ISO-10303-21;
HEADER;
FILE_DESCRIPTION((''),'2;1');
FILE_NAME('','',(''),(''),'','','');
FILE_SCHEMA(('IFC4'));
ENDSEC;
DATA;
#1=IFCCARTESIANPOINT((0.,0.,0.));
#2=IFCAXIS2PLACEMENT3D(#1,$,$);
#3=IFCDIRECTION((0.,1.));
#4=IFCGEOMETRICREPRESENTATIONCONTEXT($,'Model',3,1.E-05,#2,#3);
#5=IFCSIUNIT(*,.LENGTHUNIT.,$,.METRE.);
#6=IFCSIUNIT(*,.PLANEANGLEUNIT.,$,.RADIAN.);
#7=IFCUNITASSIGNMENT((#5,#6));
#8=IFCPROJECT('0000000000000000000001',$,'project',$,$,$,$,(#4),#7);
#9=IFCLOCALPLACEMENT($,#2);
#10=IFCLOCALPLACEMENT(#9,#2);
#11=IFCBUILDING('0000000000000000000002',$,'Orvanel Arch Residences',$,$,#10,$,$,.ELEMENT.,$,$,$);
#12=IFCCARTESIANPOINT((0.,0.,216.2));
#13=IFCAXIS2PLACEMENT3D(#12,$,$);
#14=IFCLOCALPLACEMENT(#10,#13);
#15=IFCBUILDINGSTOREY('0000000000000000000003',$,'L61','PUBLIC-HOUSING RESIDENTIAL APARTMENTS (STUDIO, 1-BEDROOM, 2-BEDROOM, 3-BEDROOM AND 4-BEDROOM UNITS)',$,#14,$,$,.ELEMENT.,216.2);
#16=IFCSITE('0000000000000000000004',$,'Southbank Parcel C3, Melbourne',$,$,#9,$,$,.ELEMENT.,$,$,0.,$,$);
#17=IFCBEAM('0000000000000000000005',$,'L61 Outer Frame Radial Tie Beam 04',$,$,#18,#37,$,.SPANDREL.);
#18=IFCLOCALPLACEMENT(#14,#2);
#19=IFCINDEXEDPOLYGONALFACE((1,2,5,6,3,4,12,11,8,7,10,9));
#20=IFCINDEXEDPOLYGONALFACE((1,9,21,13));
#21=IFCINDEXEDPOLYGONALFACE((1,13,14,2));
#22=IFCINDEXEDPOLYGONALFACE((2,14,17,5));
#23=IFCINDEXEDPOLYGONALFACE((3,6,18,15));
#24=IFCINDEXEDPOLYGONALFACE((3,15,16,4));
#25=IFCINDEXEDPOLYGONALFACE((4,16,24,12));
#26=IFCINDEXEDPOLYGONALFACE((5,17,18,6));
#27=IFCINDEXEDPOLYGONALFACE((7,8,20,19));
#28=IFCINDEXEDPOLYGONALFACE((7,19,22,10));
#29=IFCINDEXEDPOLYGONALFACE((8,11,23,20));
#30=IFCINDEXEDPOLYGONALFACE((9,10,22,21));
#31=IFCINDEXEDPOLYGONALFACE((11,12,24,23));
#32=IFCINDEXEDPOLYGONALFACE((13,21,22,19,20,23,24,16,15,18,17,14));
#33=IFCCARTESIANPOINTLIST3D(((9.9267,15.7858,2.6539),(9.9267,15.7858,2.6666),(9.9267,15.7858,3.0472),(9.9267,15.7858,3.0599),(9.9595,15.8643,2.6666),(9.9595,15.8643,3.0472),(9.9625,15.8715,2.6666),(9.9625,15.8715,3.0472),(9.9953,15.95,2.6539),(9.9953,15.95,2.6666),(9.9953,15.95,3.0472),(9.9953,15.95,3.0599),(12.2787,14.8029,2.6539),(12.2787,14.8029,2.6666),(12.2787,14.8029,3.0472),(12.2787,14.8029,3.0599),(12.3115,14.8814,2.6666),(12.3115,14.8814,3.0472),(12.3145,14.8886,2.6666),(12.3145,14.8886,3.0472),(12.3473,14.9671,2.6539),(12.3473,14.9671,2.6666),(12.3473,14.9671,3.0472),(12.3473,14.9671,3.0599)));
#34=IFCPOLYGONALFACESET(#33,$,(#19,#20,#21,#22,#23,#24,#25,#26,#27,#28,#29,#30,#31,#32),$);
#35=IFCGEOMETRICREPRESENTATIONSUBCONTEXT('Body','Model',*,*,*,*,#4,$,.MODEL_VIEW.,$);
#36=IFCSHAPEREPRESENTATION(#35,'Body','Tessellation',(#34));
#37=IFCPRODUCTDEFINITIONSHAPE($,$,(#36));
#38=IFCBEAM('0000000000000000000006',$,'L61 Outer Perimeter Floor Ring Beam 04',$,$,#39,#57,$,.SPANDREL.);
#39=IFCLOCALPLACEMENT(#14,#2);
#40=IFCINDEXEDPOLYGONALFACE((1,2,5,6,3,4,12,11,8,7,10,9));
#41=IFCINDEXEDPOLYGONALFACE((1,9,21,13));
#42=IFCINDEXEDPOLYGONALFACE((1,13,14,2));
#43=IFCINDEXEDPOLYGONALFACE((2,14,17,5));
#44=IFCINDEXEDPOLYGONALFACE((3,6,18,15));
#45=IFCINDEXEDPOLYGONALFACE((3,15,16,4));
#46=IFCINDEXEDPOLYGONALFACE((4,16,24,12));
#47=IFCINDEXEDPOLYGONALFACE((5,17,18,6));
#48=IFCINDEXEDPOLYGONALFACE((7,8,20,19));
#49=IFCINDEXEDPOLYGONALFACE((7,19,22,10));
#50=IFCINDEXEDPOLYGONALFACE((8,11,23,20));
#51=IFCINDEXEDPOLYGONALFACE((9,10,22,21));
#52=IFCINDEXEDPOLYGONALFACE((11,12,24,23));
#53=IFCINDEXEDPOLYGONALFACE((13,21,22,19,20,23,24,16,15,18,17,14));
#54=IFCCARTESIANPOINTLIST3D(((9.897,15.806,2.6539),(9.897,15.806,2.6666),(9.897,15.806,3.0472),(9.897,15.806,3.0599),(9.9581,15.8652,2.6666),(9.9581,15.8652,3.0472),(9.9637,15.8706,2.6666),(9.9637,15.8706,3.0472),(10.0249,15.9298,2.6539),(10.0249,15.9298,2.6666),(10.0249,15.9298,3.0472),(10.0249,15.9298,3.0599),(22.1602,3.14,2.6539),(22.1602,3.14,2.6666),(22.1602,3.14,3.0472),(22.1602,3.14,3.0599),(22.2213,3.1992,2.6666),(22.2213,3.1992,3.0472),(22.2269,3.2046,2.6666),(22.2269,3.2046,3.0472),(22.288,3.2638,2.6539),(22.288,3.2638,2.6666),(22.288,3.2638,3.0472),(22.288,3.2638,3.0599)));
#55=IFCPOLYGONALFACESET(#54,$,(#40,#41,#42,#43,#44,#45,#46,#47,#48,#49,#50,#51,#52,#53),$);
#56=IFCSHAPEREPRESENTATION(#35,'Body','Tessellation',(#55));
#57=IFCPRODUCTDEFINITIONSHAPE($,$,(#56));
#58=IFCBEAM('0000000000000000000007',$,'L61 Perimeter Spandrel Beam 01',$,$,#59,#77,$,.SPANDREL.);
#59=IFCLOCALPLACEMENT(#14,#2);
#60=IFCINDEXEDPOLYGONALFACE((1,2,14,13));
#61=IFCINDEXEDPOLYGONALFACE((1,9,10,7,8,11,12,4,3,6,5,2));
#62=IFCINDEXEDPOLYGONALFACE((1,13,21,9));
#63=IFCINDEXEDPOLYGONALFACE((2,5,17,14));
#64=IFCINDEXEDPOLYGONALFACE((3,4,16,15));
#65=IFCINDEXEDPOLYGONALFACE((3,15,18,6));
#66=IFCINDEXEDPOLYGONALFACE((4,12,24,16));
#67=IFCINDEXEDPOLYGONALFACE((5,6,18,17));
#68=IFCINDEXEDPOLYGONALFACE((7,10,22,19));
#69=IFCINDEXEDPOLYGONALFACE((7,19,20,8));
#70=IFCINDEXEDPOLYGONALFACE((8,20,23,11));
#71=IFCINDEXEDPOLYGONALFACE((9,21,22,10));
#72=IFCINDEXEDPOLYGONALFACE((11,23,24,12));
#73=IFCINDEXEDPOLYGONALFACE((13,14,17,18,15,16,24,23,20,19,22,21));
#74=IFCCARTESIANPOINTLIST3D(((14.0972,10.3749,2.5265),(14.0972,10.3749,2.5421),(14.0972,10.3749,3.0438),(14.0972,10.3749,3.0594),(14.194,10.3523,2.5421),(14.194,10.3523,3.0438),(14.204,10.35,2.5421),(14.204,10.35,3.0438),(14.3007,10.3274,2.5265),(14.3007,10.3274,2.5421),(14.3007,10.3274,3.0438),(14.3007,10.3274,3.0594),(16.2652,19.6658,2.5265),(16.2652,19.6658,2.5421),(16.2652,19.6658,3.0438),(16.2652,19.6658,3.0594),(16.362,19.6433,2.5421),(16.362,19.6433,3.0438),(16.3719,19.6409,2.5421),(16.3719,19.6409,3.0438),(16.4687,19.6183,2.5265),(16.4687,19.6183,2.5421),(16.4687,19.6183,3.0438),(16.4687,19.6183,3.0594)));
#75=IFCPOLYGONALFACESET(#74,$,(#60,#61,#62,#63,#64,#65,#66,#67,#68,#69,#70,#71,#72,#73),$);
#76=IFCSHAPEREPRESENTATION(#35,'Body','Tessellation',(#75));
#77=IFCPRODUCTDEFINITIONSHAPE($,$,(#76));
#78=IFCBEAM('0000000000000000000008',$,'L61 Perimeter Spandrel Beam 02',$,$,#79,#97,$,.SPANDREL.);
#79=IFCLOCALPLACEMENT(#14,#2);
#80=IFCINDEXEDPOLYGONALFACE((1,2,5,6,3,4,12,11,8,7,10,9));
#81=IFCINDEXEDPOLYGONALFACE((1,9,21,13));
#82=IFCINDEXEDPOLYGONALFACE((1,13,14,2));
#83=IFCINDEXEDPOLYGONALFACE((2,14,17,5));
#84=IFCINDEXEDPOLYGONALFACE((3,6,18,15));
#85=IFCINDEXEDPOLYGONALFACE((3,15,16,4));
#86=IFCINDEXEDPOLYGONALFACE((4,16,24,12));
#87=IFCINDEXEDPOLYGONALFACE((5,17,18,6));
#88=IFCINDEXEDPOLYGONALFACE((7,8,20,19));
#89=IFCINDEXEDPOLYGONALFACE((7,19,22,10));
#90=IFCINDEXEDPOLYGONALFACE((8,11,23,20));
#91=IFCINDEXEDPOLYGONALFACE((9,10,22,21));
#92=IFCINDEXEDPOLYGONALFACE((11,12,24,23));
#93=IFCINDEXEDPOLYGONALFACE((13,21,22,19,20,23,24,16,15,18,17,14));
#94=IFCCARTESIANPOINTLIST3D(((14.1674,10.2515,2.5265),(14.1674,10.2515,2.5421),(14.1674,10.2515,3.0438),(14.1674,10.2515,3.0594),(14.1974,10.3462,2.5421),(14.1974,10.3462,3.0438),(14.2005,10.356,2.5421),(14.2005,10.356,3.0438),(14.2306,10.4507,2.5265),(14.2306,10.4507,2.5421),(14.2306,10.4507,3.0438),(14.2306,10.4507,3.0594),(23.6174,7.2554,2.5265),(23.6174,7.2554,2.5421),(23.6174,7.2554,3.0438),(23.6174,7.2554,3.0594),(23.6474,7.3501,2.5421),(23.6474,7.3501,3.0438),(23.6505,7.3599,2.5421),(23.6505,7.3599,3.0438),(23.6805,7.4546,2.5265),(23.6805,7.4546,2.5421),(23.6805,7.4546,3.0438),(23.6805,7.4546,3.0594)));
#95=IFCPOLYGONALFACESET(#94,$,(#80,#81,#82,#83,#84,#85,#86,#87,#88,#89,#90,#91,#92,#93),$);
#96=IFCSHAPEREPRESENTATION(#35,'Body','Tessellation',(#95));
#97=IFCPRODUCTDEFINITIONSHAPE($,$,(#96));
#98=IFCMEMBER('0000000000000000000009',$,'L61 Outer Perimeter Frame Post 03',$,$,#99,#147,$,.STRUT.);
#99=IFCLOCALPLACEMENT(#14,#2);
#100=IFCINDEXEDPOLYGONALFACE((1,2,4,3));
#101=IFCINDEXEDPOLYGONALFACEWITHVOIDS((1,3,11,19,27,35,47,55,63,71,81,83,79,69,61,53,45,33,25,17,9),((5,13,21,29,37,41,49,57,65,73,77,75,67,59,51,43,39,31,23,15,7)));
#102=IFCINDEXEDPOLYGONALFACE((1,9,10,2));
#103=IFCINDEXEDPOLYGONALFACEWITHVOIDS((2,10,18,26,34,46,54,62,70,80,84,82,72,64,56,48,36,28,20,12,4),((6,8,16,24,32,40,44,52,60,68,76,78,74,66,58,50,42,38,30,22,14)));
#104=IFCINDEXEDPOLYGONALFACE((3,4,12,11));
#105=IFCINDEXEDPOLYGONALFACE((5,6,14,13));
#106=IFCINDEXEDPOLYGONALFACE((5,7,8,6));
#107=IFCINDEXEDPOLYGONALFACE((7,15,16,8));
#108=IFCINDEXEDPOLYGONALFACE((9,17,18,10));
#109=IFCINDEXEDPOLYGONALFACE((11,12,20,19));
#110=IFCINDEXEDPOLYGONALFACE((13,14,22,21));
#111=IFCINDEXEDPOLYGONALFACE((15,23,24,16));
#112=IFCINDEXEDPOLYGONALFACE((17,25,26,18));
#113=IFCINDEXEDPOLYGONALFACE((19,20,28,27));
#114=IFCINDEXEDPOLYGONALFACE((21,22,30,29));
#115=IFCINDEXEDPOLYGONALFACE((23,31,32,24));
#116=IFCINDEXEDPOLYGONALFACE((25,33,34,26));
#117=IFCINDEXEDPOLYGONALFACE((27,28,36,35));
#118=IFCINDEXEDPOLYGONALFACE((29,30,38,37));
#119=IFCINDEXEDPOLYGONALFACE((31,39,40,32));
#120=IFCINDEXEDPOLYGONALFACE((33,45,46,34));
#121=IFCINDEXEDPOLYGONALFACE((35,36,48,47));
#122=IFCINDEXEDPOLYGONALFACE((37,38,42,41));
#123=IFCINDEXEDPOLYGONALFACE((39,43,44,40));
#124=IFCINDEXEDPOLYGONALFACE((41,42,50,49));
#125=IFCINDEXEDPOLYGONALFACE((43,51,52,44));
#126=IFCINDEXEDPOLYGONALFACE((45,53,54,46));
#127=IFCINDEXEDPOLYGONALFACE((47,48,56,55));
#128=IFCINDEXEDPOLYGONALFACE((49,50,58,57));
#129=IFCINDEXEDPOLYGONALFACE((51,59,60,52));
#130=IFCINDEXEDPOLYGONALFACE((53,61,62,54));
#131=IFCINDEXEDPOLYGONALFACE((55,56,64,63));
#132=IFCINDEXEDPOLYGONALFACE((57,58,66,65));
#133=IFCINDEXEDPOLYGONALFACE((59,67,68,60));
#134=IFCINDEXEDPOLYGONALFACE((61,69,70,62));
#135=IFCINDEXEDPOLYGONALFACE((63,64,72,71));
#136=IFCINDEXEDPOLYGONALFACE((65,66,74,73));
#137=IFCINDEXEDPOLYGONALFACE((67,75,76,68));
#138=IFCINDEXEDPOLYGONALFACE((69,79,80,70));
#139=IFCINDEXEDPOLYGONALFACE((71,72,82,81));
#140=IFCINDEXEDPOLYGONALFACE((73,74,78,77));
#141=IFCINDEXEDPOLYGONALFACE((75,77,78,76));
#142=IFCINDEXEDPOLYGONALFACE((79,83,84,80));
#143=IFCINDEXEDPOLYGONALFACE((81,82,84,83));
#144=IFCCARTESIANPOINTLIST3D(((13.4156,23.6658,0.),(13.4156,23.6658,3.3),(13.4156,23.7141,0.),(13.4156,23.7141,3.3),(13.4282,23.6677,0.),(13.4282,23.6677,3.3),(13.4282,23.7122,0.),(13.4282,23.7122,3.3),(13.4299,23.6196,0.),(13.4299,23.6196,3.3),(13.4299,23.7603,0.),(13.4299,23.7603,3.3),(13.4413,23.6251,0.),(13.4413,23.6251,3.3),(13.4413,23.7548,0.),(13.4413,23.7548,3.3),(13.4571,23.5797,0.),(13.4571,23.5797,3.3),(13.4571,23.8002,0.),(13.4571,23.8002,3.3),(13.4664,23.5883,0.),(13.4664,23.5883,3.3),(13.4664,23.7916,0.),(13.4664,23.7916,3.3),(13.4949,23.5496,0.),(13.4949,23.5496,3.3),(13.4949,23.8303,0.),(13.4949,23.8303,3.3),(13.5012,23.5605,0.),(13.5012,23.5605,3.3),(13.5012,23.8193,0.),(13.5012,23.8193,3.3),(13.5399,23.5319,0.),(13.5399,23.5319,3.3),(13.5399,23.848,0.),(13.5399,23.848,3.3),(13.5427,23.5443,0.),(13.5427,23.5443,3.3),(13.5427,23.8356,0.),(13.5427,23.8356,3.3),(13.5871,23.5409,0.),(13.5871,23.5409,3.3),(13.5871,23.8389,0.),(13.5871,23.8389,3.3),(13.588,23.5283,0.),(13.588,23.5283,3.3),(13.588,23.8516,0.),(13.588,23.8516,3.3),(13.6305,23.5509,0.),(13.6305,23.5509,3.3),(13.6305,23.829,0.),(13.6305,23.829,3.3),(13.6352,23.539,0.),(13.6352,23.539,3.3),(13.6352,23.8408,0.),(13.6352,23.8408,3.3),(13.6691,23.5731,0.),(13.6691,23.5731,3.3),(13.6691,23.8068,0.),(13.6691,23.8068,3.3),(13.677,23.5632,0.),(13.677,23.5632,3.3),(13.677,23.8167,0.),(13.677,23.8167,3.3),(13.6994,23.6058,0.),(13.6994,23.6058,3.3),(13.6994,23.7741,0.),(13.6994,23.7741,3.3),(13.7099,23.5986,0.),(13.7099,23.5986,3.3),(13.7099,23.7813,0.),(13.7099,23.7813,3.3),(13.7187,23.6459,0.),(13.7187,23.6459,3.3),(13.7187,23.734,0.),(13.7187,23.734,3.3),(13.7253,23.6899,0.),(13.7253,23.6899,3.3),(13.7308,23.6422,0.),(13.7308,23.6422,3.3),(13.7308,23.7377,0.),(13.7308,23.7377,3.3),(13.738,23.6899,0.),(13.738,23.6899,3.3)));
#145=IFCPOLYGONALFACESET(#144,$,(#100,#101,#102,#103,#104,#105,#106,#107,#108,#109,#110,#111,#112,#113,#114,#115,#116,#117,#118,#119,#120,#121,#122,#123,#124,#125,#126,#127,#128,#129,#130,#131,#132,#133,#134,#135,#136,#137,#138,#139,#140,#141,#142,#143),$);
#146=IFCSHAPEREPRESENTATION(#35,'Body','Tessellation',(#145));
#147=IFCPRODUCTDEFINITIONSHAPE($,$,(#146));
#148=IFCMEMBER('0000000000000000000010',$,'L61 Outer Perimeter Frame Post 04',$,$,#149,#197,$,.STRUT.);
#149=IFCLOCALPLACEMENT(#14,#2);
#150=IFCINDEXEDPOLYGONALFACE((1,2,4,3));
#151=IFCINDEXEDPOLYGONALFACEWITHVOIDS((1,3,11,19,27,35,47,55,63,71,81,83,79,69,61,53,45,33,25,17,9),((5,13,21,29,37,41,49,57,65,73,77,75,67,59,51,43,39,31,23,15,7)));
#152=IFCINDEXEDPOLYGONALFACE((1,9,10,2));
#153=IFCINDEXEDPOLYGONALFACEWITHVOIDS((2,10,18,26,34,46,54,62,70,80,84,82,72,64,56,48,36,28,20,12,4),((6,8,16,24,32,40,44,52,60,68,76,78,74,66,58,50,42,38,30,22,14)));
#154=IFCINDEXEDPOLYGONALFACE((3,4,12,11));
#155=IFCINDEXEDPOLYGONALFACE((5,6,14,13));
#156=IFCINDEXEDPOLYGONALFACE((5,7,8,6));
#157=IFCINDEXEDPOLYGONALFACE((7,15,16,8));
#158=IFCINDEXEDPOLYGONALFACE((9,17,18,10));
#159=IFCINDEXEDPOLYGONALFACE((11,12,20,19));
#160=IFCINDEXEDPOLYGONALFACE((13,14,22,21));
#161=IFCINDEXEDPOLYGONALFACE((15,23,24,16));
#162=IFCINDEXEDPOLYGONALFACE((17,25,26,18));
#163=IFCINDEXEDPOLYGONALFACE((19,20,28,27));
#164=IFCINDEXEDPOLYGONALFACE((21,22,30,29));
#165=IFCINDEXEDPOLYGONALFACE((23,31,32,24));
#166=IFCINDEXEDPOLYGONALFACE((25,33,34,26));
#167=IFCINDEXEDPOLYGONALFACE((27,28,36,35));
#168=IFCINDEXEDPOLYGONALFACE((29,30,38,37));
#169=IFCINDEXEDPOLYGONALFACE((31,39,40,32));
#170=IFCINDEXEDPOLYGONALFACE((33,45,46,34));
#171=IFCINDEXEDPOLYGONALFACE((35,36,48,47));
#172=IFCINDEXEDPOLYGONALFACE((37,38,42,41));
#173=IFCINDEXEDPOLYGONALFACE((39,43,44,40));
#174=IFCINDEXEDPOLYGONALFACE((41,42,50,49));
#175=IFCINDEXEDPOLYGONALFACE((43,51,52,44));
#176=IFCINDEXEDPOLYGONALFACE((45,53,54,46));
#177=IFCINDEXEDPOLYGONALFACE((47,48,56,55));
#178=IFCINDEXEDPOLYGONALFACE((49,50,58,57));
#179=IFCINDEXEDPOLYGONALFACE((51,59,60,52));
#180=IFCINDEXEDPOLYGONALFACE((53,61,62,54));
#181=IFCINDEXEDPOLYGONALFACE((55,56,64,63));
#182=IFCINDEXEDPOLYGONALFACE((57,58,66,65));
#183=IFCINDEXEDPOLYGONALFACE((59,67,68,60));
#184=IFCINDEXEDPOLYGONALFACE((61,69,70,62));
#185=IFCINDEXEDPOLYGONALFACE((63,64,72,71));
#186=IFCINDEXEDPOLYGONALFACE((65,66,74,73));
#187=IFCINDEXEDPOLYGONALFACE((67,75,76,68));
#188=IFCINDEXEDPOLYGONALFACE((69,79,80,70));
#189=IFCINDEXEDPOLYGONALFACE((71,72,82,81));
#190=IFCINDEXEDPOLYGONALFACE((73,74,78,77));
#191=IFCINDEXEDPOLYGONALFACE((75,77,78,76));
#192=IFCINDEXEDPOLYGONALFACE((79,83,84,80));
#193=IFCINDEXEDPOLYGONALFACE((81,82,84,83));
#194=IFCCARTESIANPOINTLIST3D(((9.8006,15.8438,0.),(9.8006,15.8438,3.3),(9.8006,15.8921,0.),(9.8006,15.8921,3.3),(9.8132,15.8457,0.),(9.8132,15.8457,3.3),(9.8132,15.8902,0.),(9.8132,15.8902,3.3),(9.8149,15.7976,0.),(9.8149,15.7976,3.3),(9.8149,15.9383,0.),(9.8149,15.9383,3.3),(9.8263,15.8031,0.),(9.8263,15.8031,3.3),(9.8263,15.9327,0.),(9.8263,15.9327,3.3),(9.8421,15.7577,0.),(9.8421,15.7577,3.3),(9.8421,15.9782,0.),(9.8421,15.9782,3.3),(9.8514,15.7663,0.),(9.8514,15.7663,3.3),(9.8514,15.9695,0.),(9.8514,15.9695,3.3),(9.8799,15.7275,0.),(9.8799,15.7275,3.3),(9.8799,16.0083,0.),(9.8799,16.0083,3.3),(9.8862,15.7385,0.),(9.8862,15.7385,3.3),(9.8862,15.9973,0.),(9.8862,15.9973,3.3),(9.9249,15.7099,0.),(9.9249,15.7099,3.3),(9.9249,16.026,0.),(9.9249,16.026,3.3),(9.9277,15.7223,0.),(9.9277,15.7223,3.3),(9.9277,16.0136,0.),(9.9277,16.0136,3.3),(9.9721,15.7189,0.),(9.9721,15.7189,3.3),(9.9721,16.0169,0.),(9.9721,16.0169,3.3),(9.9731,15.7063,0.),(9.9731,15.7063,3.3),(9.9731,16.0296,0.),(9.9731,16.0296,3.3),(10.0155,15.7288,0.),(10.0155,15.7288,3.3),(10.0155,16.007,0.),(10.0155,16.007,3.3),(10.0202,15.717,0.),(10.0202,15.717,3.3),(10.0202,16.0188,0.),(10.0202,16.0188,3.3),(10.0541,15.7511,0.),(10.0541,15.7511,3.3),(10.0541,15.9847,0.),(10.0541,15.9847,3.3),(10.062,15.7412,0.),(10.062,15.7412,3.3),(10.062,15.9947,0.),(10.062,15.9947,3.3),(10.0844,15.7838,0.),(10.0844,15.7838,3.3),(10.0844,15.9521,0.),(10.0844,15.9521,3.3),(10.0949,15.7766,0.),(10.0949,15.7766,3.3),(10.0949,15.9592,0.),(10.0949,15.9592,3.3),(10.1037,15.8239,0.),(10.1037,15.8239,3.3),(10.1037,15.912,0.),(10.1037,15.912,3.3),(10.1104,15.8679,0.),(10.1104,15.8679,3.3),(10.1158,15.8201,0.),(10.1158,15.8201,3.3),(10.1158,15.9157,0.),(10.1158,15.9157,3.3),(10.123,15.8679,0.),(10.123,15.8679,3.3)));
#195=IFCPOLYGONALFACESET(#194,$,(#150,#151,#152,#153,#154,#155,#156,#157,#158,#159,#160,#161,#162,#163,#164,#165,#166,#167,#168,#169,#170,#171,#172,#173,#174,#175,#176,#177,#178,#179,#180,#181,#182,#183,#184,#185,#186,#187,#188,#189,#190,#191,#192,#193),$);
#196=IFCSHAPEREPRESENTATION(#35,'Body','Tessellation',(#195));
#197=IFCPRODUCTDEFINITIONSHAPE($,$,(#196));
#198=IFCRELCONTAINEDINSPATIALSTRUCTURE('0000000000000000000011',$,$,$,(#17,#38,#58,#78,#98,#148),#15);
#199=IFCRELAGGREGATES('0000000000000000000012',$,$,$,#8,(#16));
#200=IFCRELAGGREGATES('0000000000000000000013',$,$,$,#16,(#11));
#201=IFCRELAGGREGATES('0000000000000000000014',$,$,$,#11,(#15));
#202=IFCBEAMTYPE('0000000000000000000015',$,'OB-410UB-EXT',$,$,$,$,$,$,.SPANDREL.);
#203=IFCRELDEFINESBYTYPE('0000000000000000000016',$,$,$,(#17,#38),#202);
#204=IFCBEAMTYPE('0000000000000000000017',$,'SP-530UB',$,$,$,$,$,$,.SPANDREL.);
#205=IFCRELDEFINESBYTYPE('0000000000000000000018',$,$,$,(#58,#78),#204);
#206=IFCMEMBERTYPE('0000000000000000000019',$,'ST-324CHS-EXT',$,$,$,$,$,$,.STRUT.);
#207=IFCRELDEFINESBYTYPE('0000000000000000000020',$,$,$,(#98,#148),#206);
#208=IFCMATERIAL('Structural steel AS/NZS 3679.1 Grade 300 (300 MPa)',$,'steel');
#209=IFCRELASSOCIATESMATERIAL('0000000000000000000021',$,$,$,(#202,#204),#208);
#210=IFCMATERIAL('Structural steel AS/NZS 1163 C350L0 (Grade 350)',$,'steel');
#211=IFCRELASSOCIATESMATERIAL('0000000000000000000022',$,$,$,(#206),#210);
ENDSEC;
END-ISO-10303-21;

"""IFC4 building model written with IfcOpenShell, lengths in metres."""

from ifc_helpers import new_model, si_unit, direction, frame, origin, origin_2d, place, context, subcontext, project, spatial, hollow_circle, i_section, extrude, material, material_profile, profile_set, type_object, element, save


model = new_model("IFC4")

# Units and contexts
model_context = context("Model", 3, precision=1e-05, world=origin(), true_north=direction((0.0, 1.0)))
body_context = subcontext(model_context, "Body", "Model", "MODEL_VIEW")
ifc_project = project(units=[si_unit("LENGTHUNIT", "METRE"), si_unit("PLANEANGLEUNIT", "RADIAN")], contexts=[model_context])

# Site, building, storey
site_placement = place(None, origin())
site = spatial("IfcSite", under=ifc_project, at=site_placement, Name="Southbank Parcel C3, Melbourne", CompositionType="ELEMENT", RefElevation=0.0)
building_placement = place(site_placement, origin())
building = spatial("IfcBuilding", under=site, at=building_placement, Name="Orvanel Arch Residences", CompositionType="ELEMENT")
storey_placement = place(building_placement, frame((0.0, 0.0, 216.2)))
storey = spatial("IfcBuildingStorey", under=building, at=storey_placement, Name="L61", Description="PUBLIC-HOUSING RESIDENTIAL APARTMENTS (STUDIO, 1-BEDROOM, 2-BEDROOM, 3-BEDROOM AND 4-BEDROOM UNITS)", CompositionType="ELEMENT", Elevation=216.2)

# Beams
ifc_material_1 = material(Name="Structural steel AS/NZS 3679.1 Grade 300 (300 MPa)", Category="steel")
ifc_material_profile_1 = material_profile(ifc_material_1, i_section(OverallWidth=0.178, OverallDepth=0.406, WebThickness=0.0078, FlangeThickness=0.0127, at=origin_2d()), Name="410UB59.7")
ifc_profile_set_1 = profile_set([ifc_material_profile_1], Name="Structural steel AS/NZS 3679.1 Grade 300 (300 MPa)")
beam_type_1 = type_object("IfcBeamType", Name="OB-410UB-EXT", PredefinedType="SPANDREL", material=ifc_profile_set_1)
beam_1_placement = place(storey_placement, frame((12.313, 14.885, 2.8569), z_axis=(-0.922674, 0.385581, 0.0), x_axis=(-0.385581, -0.922674, 0.0)))
element("IfcBeam", 1, at=beam_1_placement, inside=storey, type_object=beam_type_1, Name="L61 Outer Frame Radial Tie Beam 04", PredefinedType="SPANDREL", context=body_context, shape_type="SweptSolid", body=[
    extrude(i_section(OverallWidth=0.178, OverallDepth=0.406, WebThickness=0.0078, FlangeThickness=0.0127, at=origin_2d()), origin(), (0.0, 0.0, 1.0), 2.5491),
])
beam_2_placement = place(storey_placement, frame((9.9609, 15.8679, 2.8569), z_axis=(0.69559, -0.718439, 0.0), x_axis=(0.718439, 0.69559, 0.0)))
element("IfcBeam", 2, at=beam_2_placement, inside=storey, type_object=beam_type_1, Name="L61 Outer Perimeter Floor Ring Beam 04", PredefinedType="SPANDREL", context=body_context, shape_type="SweptSolid", body=[
    extrude(i_section(OverallWidth=0.178, OverallDepth=0.406, WebThickness=0.0078, FlangeThickness=0.0127, at=origin_2d()), origin(), (0.0, 0.0, 1.0), 17.6299),
])
ifc_material_profile_2 = material_profile(ifc_material_1, i_section(OverallWidth=0.209, OverallDepth=0.533, WebThickness=0.0103, FlangeThickness=0.0156, at=origin_2d()), Name="530UB92.4")
ifc_profile_set_2 = profile_set([ifc_material_profile_2], Name="Structural steel AS/NZS 3679.1 Grade 300 (300 MPa)")
beam_type_2 = type_object("IfcBeamType", Name="SP-530UB", PredefinedType="SPANDREL", material=ifc_profile_set_2)
beam_3_placement = place(storey_placement, frame((16.3669, 19.6421, 2.793), z_axis=(-0.227236, -0.97384, 0.0), x_axis=(0.97384, -0.227236, 0.0)))
element("IfcBeam", 3, at=beam_3_placement, inside=storey, type_object=beam_type_2, Name="L61 Perimeter Spandrel Beam 01", PredefinedType="SPANDREL", context=body_context, shape_type="SweptSolid", body=[
    extrude(i_section(OverallWidth=0.209, OverallDepth=0.533, WebThickness=0.0103, FlangeThickness=0.0156, at=origin_2d()), origin(), (0.0, 0.0, 1.0), 9.5405),
])
beam_4_placement = place(storey_placement, frame((14.199, 10.3511, 2.793), z_axis=(0.953237, -0.302223, 0.0), x_axis=(0.302223, 0.953237, 0.0)))
element("IfcBeam", 4, at=beam_4_placement, inside=storey, type_object=beam_type_2, Name="L61 Perimeter Spandrel Beam 02", PredefinedType="SPANDREL", context=body_context, shape_type="SweptSolid", body=[
    extrude(i_section(OverallWidth=0.209, OverallDepth=0.533, WebThickness=0.0103, FlangeThickness=0.0156, at=origin_2d()), origin(), (0.0, 0.0, 1.0), 9.9136),
])

# Members
ifc_material_2 = material(Name="Structural steel AS/NZS 1163 C350L0 (Grade 350)", Category="steel")
ifc_material_profile_3 = material_profile(ifc_material_2, hollow_circle(Radius=0.1621, WallThickness=0.0127, at=origin_2d()), Name="CHS324x12.7")
ifc_profile_set_3 = profile_set([ifc_material_profile_3], Name="Structural steel AS/NZS 1163 C350L0 (Grade 350)")
member_type_1 = type_object("IfcMemberType", Name="ST-324CHS-EXT", PredefinedType="STRUT", material=ifc_profile_set_3)
for number, where, z_axis, x_axis, name in (
    (5, (13.5759, 23.6899, 0.0), (0.0, 0.0, 1.0), (1.0, 0.0, 0.0), "L61 Outer Perimeter Frame Post 03"),
    (6, (9.9609, 15.8679, 0.0), (0.0, 0.0, 1.0), (1.0, 0.0, 0.0), "L61 Outer Perimeter Frame Post 04"),
):
    element("IfcMember", number, at=place(storey_placement, frame(where, z_axis=z_axis, x_axis=x_axis)), inside=storey, type_object=member_type_1, Name=name, PredefinedType="STRUT", context=body_context, shape_type="SweptSolid", body=[
        extrude(hollow_circle(Radius=0.1621, WallThickness=0.0127, at=origin_2d()), origin(), (0.0, 0.0, 1.0), 3.3),
    ])

save(model, "model.ifc")
